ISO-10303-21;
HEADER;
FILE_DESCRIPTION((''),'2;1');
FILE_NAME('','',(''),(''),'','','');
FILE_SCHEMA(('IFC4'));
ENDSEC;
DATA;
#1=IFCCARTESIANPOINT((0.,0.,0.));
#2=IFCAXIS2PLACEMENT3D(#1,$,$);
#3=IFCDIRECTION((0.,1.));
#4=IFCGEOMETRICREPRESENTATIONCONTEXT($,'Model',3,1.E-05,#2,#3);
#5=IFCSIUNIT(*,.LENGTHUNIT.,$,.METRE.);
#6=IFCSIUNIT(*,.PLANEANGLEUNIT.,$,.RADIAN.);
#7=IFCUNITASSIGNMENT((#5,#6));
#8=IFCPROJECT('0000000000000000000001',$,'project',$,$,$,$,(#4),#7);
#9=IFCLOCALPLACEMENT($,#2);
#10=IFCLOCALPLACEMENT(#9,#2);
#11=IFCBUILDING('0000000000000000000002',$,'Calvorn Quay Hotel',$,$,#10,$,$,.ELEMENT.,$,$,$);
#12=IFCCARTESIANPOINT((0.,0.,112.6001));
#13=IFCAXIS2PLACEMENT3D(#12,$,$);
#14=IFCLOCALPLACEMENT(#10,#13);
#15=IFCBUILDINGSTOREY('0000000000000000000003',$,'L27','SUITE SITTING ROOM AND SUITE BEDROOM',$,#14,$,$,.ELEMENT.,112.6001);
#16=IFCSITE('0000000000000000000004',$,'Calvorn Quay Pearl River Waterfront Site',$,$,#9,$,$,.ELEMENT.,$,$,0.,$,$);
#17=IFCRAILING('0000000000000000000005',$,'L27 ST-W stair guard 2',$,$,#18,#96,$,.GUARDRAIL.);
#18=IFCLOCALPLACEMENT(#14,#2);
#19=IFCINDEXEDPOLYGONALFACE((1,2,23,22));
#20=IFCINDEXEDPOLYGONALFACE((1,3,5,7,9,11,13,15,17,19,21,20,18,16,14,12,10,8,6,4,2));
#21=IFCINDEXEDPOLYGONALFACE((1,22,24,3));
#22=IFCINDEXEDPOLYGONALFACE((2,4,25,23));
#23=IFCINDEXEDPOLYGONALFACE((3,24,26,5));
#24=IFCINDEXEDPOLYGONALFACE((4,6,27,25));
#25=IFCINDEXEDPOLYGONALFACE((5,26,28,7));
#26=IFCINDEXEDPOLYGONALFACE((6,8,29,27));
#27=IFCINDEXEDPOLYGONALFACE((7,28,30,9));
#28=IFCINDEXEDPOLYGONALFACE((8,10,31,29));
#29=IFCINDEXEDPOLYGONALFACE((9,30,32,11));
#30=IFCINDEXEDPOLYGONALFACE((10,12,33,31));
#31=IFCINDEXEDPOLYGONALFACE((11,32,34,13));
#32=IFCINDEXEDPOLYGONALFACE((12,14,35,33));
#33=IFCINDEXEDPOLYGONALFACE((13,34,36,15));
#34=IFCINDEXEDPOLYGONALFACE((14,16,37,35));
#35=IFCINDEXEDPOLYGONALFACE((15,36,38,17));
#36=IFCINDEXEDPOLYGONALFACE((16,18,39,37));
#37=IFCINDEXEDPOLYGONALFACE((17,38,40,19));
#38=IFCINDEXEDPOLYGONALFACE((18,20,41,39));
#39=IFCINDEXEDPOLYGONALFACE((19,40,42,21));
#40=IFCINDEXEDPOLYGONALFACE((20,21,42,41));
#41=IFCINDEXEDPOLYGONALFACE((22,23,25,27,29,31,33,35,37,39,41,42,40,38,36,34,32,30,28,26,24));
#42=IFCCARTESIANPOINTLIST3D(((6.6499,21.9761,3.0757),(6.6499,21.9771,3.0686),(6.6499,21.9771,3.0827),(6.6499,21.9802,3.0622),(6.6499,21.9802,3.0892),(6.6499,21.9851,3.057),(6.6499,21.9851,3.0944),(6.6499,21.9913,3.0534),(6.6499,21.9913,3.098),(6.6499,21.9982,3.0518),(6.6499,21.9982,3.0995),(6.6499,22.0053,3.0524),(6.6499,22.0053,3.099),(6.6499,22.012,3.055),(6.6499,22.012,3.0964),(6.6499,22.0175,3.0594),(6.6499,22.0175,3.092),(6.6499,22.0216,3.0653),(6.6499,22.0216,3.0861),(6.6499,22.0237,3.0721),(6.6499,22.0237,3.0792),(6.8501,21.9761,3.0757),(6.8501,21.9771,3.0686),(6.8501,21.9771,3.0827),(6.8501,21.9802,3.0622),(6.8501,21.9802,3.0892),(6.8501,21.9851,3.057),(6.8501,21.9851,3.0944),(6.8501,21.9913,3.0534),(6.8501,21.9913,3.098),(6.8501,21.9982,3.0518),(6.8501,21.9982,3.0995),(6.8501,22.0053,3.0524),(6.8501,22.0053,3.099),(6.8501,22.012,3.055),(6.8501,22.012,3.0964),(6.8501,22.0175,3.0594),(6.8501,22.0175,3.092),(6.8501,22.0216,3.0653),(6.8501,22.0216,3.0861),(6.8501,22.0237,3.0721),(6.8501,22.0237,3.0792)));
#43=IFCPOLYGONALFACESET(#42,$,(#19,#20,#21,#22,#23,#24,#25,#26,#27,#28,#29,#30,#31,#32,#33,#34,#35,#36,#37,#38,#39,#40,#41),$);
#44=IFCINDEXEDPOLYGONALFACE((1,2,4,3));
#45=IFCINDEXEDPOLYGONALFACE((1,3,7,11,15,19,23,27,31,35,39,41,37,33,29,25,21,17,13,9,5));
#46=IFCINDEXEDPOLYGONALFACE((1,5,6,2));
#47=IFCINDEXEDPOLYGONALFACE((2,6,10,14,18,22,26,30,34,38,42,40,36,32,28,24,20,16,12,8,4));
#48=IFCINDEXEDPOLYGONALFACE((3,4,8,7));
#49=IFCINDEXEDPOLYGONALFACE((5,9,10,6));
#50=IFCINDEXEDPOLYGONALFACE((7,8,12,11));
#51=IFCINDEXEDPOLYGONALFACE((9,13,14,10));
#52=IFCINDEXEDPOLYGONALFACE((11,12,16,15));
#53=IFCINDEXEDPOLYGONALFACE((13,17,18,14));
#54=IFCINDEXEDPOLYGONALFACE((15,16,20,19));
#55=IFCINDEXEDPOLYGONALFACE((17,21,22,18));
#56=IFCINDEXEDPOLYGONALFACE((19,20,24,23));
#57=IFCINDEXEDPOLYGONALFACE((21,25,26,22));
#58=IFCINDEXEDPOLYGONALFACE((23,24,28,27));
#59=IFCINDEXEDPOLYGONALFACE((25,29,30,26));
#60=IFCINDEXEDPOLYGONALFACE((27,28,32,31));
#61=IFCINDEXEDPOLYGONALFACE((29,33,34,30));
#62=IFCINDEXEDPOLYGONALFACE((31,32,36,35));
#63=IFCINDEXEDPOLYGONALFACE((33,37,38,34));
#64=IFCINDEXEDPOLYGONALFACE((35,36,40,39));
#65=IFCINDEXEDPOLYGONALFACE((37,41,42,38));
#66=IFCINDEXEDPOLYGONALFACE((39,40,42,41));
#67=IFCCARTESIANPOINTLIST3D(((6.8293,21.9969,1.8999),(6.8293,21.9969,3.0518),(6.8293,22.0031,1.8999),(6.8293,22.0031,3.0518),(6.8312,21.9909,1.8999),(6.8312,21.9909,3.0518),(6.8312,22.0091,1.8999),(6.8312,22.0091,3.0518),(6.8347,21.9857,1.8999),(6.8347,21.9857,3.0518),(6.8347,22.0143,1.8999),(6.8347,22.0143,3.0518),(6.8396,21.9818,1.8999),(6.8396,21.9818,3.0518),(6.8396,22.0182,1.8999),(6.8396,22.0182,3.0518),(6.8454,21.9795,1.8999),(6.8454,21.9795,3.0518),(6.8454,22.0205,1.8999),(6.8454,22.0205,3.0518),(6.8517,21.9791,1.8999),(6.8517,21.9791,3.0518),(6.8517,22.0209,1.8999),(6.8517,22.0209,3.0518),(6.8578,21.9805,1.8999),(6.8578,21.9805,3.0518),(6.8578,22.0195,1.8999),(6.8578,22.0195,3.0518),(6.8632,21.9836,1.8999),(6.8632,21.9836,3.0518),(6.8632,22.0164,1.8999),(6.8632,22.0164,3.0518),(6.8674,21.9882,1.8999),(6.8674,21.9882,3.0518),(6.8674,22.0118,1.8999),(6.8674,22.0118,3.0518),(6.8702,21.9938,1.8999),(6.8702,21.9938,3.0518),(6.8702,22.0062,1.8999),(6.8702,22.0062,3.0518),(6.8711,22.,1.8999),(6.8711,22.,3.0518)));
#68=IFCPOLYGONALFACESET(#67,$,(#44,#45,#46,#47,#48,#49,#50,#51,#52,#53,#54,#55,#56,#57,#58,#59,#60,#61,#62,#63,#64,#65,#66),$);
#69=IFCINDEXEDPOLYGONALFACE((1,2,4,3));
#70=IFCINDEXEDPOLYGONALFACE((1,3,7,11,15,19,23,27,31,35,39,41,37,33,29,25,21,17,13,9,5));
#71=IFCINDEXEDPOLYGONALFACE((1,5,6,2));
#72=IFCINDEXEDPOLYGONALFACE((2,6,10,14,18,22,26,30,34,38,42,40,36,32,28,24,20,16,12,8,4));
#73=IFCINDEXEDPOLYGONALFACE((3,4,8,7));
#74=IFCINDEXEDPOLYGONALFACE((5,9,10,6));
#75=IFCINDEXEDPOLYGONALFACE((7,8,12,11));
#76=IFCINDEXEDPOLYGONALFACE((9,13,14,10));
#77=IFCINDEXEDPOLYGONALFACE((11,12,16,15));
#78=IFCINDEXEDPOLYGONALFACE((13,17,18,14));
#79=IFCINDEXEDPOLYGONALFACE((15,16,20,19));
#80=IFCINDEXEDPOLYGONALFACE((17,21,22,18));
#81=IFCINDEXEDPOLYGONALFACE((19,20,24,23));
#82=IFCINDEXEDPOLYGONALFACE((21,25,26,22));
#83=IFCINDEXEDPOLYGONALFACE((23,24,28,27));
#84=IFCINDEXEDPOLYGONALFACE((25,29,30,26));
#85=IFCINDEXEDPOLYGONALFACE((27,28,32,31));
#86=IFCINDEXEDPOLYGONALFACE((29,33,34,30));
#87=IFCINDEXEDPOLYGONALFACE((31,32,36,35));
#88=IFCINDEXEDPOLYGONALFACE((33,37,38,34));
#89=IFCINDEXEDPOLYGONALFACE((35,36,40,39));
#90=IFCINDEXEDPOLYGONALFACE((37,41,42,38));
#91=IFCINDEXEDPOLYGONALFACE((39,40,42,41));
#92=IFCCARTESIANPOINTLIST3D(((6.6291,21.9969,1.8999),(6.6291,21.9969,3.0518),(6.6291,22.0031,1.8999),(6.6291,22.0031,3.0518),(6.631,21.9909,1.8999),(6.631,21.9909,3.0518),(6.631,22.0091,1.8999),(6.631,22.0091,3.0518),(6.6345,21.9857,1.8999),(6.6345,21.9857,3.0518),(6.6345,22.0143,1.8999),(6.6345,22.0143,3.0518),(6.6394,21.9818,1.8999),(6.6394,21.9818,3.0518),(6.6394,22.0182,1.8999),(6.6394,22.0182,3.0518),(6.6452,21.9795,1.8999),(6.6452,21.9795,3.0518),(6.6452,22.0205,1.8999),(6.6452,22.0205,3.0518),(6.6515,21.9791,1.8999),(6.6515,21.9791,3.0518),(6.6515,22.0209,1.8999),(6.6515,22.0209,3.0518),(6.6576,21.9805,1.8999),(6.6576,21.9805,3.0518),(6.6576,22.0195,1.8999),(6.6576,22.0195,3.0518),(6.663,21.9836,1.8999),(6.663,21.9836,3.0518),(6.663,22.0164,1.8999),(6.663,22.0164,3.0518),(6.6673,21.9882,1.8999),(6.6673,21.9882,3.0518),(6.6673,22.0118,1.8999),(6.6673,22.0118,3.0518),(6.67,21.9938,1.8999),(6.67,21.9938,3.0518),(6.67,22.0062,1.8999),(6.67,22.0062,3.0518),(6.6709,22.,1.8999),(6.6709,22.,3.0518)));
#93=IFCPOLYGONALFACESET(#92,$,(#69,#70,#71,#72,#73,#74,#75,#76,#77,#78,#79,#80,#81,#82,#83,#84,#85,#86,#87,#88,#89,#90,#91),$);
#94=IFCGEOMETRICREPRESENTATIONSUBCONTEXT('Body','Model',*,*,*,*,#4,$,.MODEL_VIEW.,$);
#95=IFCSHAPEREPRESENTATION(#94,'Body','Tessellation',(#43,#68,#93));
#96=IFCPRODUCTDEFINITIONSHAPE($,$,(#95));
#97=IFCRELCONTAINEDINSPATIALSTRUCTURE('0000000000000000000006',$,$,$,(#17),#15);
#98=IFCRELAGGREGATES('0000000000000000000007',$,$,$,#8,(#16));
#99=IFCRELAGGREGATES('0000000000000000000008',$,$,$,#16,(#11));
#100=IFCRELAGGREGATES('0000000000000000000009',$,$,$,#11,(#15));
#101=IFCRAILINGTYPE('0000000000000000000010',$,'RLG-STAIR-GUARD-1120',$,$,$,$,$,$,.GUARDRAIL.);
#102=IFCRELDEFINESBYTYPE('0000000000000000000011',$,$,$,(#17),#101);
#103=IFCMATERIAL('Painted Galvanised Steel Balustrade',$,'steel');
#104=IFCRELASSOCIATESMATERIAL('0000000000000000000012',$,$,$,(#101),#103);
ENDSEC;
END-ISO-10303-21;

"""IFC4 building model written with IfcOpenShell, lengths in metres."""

from ifc_helpers import new_model, si_unit, direction, frame, origin, origin_2d, place, context, subcontext, project, spatial, circle, extrude, material, type_object, element, save


model = new_model("IFC4")

# Units and contexts
model_context = context("Model", 3, precision=1e-05, world=origin(), true_north=direction((0.0, 1.0)))
body_context = subcontext(model_context, "Body", "Model", "MODEL_VIEW")
ifc_project = project(units=[si_unit("LENGTHUNIT", "METRE"), si_unit("PLANEANGLEUNIT", "RADIAN")], contexts=[model_context])

# Site, building, storey
site_placement = place(None, origin())
site = spatial("IfcSite", under=ifc_project, at=site_placement, Name="Calvorn Quay Pearl River Waterfront Site", CompositionType="ELEMENT", RefElevation=0.0)
building_placement = place(site_placement, origin())
building = spatial("IfcBuilding", under=site, at=building_placement, Name="Calvorn Quay Hotel", CompositionType="ELEMENT")
storey_placement = place(building_placement, frame((0.0, 0.0, 112.6001)))
storey = spatial("IfcBuildingStorey", under=building, at=storey_placement, Name="L27", Description="SUITE SITTING ROOM AND SUITE BEDROOM", CompositionType="ELEMENT", Elevation=112.6001)

# Railing
ifc_material_1 = material(Name="Painted Galvanised Steel Balustrade", Category="steel")
railing_type_1 = type_object("IfcRailingType", Name="RLG-STAIR-GUARD-1120", PredefinedType="GUARDRAIL", material=ifc_material_1)
railing_1_placement = place(storey_placement, frame((6.8501, 22.0, 1.8999)))
element("IfcRailing", 1, at=railing_1_placement, inside=storey, type_object=railing_type_1, Name="L27 ST-W stair guard 2", PredefinedType="GUARDRAIL", context=body_context, shape_type="SweptSolid", body=[
    extrude(circle(Radius=0.0239, at=origin_2d()), frame((0.0, 0.0, 1.1758), z_axis=(-1.0, 0.0, 0.0), x_axis=(0.0, -1.0, 0.0)), (0.0, 0.0, 1.0), 0.2002),
    extrude(circle(Radius=0.021, at=origin_2d()), origin(), (0.0, 0.0, 1.0), 1.1519),
    extrude(circle(Radius=0.021, at=origin_2d()), frame((-0.2002, 0.0, 0.0)), (0.0, 0.0, 1.0), 1.1519),
])

save(model, "model.ifc")
